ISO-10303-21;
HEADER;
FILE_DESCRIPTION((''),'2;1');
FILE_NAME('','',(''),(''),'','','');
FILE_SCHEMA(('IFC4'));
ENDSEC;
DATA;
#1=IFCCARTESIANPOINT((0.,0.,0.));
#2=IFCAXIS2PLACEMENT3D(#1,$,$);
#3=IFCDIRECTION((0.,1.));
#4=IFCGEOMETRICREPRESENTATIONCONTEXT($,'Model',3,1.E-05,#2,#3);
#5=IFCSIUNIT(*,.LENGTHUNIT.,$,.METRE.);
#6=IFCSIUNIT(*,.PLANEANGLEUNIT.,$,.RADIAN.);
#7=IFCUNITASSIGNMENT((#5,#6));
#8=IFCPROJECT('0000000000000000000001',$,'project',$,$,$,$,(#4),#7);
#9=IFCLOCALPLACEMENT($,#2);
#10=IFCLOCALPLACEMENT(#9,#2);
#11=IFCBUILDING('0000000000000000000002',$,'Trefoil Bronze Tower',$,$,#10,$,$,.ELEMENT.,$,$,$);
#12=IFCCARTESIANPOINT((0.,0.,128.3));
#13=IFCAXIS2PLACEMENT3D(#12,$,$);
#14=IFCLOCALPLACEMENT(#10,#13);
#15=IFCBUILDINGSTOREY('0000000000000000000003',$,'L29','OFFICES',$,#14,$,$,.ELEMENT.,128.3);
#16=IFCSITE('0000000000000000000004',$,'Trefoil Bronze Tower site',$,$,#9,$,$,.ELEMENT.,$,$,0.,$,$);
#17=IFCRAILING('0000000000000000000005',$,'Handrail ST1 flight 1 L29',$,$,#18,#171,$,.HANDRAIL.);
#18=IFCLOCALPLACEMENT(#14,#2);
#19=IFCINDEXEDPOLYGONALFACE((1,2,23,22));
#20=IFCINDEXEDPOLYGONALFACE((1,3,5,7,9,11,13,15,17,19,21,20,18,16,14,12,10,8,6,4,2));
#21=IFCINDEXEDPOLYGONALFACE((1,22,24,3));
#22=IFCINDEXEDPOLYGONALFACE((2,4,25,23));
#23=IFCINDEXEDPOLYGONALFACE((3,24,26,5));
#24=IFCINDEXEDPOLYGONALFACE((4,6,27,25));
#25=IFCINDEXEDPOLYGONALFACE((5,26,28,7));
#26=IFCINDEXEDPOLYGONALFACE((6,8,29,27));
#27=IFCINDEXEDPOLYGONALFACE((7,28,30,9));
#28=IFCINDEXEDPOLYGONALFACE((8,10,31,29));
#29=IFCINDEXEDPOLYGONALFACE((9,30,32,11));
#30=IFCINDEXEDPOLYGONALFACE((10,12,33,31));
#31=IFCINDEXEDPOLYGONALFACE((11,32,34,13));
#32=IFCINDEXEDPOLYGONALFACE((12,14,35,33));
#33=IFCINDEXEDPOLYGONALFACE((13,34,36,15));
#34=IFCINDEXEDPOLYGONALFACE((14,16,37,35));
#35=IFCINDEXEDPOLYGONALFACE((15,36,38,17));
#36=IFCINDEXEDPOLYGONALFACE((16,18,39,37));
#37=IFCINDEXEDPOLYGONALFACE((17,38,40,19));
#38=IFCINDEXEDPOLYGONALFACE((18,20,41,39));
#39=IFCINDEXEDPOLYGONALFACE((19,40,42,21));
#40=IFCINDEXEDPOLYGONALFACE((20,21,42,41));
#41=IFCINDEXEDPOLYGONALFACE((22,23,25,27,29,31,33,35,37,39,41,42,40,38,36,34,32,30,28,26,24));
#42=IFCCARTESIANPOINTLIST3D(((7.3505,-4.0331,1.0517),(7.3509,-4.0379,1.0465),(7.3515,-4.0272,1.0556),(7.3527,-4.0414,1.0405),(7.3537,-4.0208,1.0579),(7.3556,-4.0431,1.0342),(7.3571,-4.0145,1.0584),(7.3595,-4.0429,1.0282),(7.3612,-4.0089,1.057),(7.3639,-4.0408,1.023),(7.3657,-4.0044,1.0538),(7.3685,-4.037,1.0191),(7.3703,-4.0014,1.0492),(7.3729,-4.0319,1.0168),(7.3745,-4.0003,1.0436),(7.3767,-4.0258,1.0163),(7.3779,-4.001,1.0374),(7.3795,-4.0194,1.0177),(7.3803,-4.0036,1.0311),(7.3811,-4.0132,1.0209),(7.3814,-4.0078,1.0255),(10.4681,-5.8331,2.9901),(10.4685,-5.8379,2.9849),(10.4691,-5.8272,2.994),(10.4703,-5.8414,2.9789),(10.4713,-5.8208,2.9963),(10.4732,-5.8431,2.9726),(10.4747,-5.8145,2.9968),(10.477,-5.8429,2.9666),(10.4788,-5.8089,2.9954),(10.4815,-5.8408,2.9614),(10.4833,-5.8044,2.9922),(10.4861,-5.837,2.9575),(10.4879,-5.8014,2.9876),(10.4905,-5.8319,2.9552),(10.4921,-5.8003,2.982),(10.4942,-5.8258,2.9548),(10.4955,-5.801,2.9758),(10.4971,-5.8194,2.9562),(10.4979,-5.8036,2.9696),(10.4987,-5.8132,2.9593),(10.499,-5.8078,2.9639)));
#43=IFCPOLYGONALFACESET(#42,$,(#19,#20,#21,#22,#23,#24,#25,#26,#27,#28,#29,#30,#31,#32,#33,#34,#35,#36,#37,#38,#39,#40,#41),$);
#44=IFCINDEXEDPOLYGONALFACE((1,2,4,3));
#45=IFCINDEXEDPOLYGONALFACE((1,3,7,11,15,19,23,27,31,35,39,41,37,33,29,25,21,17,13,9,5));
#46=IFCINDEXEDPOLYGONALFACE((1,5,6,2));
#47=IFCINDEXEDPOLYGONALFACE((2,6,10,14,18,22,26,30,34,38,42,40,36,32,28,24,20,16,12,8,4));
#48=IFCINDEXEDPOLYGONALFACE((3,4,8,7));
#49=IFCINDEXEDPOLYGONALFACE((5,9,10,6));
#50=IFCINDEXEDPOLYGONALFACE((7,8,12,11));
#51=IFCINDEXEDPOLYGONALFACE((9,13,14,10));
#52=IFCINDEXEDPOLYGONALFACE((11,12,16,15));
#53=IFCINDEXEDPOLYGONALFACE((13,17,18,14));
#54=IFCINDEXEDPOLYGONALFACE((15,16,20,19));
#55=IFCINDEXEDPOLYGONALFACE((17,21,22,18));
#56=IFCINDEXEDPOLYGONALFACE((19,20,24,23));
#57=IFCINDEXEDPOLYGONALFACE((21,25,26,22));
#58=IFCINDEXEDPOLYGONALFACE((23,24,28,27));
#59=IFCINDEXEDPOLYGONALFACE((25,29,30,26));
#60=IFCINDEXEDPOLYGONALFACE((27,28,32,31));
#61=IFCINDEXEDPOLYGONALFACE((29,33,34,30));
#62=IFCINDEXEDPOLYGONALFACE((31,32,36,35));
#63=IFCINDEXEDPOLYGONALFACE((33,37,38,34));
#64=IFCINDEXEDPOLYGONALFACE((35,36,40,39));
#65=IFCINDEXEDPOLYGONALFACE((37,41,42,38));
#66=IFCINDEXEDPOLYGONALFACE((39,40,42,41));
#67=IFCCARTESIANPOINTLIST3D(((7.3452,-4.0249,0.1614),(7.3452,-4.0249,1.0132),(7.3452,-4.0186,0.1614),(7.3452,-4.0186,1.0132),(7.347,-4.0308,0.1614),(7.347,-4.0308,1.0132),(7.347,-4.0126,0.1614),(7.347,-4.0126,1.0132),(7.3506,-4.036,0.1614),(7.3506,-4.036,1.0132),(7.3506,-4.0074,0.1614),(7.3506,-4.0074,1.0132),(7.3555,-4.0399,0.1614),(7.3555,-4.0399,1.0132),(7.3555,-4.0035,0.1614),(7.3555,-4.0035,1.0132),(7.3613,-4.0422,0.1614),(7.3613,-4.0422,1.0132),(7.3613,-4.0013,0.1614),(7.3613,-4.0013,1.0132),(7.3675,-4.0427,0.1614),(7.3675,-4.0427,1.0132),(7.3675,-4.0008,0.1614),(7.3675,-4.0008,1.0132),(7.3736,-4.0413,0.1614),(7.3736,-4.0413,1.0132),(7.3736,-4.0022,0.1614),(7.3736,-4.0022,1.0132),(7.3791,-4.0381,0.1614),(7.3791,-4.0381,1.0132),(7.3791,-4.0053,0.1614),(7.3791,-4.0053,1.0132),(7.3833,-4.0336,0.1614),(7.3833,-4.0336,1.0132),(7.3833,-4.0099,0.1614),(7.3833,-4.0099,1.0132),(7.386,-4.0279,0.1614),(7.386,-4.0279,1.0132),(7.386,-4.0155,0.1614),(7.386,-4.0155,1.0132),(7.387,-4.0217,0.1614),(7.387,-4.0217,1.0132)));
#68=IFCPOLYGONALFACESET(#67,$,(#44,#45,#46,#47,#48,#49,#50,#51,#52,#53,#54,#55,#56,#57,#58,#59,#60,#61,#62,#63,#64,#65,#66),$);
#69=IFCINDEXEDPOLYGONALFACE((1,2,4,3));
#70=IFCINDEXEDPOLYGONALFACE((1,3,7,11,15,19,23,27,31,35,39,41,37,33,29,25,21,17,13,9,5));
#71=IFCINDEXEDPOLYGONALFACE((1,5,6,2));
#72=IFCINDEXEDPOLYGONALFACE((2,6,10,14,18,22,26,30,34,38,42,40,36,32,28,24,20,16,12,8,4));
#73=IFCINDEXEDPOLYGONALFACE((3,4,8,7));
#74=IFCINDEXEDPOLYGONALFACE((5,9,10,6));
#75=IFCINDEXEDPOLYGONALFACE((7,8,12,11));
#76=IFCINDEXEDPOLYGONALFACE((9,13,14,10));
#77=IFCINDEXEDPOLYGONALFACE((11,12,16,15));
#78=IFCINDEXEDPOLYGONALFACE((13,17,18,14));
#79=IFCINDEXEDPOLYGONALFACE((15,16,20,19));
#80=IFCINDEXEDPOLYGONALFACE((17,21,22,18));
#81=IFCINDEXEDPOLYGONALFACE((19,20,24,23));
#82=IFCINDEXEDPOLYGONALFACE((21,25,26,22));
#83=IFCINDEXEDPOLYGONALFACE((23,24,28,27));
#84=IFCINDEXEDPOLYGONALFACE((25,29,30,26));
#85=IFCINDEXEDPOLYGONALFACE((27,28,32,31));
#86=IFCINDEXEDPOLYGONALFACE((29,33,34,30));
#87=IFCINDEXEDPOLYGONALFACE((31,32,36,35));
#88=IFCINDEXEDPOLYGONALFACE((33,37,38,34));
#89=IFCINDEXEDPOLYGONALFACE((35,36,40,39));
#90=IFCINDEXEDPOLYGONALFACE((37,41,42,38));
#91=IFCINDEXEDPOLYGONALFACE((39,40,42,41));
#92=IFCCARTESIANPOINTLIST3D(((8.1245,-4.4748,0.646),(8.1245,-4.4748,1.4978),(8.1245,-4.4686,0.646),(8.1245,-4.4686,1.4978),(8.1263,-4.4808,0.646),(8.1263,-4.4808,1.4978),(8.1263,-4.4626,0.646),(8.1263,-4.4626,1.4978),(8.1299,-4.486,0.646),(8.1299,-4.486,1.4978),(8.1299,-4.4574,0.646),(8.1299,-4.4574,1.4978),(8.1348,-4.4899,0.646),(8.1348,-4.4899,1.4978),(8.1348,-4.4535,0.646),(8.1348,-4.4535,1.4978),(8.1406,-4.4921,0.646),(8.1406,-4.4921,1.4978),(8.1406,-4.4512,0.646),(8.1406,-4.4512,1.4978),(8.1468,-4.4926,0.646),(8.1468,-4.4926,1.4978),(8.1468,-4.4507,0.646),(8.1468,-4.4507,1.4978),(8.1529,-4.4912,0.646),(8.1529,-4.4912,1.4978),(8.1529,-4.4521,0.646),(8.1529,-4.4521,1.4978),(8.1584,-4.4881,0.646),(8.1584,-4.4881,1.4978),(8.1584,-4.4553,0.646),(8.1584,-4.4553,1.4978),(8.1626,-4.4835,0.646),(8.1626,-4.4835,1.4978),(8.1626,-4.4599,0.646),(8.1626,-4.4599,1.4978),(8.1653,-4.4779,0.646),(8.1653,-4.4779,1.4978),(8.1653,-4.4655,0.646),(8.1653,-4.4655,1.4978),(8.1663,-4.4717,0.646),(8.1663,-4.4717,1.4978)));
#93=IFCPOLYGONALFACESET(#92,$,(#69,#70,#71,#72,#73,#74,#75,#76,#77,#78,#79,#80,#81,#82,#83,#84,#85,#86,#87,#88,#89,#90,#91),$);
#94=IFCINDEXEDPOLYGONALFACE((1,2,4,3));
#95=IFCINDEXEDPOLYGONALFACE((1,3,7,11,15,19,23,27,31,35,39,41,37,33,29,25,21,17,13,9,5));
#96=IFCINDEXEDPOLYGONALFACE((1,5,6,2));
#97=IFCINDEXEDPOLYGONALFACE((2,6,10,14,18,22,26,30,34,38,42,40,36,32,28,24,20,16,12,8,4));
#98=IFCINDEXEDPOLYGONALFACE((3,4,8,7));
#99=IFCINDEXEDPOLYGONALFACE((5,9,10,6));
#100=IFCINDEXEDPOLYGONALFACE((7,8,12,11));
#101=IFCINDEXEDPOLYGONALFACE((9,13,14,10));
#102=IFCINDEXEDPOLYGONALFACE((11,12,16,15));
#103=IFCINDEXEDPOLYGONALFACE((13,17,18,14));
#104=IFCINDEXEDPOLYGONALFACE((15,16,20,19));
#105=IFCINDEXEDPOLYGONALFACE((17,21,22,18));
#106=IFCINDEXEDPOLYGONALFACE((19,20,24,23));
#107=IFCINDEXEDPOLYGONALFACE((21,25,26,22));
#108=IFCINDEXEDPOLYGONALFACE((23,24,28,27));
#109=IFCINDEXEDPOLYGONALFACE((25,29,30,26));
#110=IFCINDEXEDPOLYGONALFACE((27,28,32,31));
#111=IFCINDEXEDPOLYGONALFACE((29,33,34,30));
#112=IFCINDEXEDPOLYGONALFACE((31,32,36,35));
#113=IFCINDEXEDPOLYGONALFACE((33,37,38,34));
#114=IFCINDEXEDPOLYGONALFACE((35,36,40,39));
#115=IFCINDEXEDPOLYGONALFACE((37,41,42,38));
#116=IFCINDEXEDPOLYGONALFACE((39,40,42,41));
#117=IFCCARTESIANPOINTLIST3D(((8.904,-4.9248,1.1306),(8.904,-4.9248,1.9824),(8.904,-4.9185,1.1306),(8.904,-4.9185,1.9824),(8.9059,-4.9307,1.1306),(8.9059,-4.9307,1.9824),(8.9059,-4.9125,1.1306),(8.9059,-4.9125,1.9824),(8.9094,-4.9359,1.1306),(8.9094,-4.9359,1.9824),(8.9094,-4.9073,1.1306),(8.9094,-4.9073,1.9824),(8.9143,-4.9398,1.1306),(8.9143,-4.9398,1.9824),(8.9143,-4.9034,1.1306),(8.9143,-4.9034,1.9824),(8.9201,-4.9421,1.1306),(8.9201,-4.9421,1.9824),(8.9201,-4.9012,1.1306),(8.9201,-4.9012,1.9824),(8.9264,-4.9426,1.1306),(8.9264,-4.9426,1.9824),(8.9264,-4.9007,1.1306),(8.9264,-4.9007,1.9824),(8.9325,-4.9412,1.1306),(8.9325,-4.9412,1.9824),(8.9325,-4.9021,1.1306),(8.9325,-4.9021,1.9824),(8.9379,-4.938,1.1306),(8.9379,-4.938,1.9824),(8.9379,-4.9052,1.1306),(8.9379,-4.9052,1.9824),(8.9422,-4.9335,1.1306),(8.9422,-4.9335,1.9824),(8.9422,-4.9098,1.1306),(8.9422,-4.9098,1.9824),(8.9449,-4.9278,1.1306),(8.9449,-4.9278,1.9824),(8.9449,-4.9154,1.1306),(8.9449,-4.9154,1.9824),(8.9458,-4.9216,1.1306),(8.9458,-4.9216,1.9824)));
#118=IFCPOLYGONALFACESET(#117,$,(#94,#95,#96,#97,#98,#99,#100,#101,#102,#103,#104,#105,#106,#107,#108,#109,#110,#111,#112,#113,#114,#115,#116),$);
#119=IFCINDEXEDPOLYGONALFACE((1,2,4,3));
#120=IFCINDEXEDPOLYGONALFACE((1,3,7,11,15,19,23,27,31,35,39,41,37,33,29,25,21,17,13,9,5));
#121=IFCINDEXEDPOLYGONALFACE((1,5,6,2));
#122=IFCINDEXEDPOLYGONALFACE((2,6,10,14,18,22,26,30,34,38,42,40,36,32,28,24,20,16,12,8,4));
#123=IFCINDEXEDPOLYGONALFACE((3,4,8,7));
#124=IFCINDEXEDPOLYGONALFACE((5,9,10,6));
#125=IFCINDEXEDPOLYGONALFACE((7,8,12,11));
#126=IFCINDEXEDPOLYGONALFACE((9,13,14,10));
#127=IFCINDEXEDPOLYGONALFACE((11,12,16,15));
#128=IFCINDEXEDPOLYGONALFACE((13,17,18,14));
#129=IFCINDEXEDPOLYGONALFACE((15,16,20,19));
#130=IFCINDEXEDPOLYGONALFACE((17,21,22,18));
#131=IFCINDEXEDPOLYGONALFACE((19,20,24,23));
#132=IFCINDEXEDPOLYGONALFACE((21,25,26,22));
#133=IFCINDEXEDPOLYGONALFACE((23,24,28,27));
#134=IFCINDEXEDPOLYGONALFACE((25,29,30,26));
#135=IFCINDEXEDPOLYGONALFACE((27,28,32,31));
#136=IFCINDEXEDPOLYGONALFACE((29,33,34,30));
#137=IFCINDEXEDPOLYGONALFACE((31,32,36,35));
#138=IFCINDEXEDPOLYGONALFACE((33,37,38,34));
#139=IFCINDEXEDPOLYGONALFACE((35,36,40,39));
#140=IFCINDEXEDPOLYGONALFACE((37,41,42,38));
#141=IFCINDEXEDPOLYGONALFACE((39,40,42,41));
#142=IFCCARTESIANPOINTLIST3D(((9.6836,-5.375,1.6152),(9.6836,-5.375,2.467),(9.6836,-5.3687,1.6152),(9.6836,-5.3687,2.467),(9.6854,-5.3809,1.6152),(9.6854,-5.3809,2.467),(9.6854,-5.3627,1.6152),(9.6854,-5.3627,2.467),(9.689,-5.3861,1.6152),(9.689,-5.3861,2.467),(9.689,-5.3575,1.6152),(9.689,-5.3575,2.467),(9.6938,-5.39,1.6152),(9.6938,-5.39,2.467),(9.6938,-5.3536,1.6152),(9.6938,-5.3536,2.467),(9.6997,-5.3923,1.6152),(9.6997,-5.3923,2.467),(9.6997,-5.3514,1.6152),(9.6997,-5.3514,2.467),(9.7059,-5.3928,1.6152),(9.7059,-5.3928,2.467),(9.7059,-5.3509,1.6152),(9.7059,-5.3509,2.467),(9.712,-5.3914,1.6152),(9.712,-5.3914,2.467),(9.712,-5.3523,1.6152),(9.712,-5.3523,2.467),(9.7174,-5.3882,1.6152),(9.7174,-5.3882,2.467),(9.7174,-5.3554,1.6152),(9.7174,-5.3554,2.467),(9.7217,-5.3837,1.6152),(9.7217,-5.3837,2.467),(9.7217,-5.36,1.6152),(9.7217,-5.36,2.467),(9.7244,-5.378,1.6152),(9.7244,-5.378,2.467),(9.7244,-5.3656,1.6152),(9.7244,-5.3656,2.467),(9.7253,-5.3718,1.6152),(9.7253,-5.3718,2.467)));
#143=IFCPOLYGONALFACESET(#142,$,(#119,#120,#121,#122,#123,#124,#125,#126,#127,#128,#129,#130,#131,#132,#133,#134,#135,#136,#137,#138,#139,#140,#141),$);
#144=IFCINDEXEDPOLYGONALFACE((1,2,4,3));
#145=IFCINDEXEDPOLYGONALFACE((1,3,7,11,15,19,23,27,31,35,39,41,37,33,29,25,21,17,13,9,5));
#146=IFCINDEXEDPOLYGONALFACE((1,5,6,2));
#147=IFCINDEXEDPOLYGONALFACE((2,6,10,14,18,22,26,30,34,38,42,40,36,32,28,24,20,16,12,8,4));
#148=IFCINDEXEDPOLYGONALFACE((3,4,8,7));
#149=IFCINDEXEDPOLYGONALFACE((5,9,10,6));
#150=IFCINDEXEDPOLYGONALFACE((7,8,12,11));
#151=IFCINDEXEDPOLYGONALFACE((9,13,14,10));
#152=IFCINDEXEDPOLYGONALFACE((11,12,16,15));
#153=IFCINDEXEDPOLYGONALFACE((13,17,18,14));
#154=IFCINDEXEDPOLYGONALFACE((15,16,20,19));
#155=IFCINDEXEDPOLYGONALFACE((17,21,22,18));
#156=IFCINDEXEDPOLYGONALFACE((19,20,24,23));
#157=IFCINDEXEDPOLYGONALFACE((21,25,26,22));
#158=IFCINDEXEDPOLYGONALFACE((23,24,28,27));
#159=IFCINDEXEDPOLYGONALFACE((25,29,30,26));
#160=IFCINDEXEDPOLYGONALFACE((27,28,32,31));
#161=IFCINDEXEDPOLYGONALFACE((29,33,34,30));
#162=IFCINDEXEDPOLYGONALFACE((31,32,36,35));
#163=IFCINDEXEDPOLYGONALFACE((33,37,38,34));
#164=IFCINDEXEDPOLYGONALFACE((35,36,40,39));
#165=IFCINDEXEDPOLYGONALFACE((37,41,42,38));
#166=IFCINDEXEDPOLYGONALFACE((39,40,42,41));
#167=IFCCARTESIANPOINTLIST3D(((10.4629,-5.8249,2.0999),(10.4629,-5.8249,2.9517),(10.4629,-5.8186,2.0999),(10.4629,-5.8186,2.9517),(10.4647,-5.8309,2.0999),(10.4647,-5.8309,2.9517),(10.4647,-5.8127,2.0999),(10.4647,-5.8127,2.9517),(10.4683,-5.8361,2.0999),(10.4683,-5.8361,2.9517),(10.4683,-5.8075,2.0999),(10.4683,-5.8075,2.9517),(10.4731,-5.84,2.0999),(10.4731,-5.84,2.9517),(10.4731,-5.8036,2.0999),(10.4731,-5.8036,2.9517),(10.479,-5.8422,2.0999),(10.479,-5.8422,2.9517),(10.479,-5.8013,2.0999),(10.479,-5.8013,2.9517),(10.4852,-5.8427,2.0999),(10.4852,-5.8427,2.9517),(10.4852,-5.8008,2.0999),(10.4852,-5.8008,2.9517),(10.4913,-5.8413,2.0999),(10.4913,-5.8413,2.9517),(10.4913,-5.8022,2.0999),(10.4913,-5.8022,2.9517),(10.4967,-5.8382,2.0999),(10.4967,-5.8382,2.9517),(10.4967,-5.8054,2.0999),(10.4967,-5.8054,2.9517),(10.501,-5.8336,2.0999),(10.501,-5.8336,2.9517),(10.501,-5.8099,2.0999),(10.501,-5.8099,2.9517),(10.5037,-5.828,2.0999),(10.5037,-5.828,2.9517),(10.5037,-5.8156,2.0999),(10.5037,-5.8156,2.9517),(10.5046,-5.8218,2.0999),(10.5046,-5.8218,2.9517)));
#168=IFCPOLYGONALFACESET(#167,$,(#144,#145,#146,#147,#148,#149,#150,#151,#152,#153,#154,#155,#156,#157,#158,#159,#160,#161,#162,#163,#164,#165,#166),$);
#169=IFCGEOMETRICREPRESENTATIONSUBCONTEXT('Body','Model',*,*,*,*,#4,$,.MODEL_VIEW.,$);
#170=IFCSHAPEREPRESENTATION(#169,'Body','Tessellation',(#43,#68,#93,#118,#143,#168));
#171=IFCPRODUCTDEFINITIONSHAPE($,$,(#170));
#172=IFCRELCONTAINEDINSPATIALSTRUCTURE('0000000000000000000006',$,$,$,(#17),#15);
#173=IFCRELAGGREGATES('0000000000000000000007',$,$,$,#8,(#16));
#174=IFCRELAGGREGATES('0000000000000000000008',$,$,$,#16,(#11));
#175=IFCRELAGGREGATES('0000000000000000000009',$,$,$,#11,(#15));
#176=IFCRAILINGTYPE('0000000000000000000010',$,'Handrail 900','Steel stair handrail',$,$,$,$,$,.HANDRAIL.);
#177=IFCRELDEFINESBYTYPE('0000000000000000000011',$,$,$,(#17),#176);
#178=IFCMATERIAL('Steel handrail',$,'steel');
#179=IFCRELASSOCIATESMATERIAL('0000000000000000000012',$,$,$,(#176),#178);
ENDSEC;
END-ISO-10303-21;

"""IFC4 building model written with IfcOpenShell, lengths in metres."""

from ifc_helpers import new_model, si_unit, direction, frame, origin, origin_2d, place, context, subcontext, project, spatial, circle, extrude, material, type_object, element, save


model = new_model("IFC4")

# Units and contexts
model_context = context("Model", 3, precision=1e-05, world=origin(), true_north=direction((0.0, 1.0)))
body_context = subcontext(model_context, "Body", "Model", "MODEL_VIEW")
ifc_project = project(units=[si_unit("LENGTHUNIT", "METRE"), si_unit("PLANEANGLEUNIT", "RADIAN")], contexts=[model_context])

# Site, building, storey
site_placement = place(None, origin())
site = spatial("IfcSite", under=ifc_project, at=site_placement, Name="Trefoil Bronze Tower site", CompositionType="ELEMENT", RefElevation=0.0)
building_placement = place(site_placement, origin())
building = spatial("IfcBuilding", under=site, at=building_placement, Name="Trefoil Bronze Tower", CompositionType="ELEMENT")
storey_placement = place(building_placement, frame((0.0, 0.0, 128.3)))
storey = spatial("IfcBuildingStorey", under=building, at=storey_placement, Name="L29", Description="OFFICES", CompositionType="ELEMENT", Elevation=128.3)

# Railing
ifc_material_1 = material(Name="Steel handrail", Category="steel")
railing_type = type_object("IfcRailingType", Name="Handrail 900", Description="Steel stair handrail", PredefinedType="HANDRAIL", material=ifc_material_1)
railing_1_placement = place(storey_placement, frame((7.366, -4.0217, 0.1614)))
element("IfcRailing", 1, at=railing_1_placement, inside=storey, type_object=railing_type, Name="Handrail ST1 flight 1 L29", PredefinedType="HANDRAIL", context=body_context, shape_type="SweptSolid", body=[
    extrude(circle(Radius=0.0239, at=origin_2d()), frame((0.0, 0.0, 0.876), z_axis=(0.762503, -0.440246, 0.474102), x_axis=(0.500012, 0.866018, 0.0)), (0.0, 0.0, 1.0), 4.0886),
    extrude(circle(Radius=0.021, at=origin_2d()), origin(), (0.0, 0.0, 1.0), 0.8518),
    extrude(circle(Radius=0.021, at=origin_2d()), frame((0.7793, -0.45, 0.4846)), (0.0, 0.0, 1.0), 0.8518),
    extrude(circle(Radius=0.021, at=origin_2d()), frame((1.5588, -0.8999, 0.9692)), (0.0, 0.0, 1.0), 0.8518),
    extrude(circle(Radius=0.021, at=origin_2d()), frame((2.3384, -1.3501, 1.4539)), (0.0, 0.0, 1.0), 0.8518),
    extrude(circle(Radius=0.021, at=origin_2d()), frame((3.1177, -1.8, 1.9385)), (0.0, 0.0, 1.0), 0.8518),
])

save(model, "model.ifc")
